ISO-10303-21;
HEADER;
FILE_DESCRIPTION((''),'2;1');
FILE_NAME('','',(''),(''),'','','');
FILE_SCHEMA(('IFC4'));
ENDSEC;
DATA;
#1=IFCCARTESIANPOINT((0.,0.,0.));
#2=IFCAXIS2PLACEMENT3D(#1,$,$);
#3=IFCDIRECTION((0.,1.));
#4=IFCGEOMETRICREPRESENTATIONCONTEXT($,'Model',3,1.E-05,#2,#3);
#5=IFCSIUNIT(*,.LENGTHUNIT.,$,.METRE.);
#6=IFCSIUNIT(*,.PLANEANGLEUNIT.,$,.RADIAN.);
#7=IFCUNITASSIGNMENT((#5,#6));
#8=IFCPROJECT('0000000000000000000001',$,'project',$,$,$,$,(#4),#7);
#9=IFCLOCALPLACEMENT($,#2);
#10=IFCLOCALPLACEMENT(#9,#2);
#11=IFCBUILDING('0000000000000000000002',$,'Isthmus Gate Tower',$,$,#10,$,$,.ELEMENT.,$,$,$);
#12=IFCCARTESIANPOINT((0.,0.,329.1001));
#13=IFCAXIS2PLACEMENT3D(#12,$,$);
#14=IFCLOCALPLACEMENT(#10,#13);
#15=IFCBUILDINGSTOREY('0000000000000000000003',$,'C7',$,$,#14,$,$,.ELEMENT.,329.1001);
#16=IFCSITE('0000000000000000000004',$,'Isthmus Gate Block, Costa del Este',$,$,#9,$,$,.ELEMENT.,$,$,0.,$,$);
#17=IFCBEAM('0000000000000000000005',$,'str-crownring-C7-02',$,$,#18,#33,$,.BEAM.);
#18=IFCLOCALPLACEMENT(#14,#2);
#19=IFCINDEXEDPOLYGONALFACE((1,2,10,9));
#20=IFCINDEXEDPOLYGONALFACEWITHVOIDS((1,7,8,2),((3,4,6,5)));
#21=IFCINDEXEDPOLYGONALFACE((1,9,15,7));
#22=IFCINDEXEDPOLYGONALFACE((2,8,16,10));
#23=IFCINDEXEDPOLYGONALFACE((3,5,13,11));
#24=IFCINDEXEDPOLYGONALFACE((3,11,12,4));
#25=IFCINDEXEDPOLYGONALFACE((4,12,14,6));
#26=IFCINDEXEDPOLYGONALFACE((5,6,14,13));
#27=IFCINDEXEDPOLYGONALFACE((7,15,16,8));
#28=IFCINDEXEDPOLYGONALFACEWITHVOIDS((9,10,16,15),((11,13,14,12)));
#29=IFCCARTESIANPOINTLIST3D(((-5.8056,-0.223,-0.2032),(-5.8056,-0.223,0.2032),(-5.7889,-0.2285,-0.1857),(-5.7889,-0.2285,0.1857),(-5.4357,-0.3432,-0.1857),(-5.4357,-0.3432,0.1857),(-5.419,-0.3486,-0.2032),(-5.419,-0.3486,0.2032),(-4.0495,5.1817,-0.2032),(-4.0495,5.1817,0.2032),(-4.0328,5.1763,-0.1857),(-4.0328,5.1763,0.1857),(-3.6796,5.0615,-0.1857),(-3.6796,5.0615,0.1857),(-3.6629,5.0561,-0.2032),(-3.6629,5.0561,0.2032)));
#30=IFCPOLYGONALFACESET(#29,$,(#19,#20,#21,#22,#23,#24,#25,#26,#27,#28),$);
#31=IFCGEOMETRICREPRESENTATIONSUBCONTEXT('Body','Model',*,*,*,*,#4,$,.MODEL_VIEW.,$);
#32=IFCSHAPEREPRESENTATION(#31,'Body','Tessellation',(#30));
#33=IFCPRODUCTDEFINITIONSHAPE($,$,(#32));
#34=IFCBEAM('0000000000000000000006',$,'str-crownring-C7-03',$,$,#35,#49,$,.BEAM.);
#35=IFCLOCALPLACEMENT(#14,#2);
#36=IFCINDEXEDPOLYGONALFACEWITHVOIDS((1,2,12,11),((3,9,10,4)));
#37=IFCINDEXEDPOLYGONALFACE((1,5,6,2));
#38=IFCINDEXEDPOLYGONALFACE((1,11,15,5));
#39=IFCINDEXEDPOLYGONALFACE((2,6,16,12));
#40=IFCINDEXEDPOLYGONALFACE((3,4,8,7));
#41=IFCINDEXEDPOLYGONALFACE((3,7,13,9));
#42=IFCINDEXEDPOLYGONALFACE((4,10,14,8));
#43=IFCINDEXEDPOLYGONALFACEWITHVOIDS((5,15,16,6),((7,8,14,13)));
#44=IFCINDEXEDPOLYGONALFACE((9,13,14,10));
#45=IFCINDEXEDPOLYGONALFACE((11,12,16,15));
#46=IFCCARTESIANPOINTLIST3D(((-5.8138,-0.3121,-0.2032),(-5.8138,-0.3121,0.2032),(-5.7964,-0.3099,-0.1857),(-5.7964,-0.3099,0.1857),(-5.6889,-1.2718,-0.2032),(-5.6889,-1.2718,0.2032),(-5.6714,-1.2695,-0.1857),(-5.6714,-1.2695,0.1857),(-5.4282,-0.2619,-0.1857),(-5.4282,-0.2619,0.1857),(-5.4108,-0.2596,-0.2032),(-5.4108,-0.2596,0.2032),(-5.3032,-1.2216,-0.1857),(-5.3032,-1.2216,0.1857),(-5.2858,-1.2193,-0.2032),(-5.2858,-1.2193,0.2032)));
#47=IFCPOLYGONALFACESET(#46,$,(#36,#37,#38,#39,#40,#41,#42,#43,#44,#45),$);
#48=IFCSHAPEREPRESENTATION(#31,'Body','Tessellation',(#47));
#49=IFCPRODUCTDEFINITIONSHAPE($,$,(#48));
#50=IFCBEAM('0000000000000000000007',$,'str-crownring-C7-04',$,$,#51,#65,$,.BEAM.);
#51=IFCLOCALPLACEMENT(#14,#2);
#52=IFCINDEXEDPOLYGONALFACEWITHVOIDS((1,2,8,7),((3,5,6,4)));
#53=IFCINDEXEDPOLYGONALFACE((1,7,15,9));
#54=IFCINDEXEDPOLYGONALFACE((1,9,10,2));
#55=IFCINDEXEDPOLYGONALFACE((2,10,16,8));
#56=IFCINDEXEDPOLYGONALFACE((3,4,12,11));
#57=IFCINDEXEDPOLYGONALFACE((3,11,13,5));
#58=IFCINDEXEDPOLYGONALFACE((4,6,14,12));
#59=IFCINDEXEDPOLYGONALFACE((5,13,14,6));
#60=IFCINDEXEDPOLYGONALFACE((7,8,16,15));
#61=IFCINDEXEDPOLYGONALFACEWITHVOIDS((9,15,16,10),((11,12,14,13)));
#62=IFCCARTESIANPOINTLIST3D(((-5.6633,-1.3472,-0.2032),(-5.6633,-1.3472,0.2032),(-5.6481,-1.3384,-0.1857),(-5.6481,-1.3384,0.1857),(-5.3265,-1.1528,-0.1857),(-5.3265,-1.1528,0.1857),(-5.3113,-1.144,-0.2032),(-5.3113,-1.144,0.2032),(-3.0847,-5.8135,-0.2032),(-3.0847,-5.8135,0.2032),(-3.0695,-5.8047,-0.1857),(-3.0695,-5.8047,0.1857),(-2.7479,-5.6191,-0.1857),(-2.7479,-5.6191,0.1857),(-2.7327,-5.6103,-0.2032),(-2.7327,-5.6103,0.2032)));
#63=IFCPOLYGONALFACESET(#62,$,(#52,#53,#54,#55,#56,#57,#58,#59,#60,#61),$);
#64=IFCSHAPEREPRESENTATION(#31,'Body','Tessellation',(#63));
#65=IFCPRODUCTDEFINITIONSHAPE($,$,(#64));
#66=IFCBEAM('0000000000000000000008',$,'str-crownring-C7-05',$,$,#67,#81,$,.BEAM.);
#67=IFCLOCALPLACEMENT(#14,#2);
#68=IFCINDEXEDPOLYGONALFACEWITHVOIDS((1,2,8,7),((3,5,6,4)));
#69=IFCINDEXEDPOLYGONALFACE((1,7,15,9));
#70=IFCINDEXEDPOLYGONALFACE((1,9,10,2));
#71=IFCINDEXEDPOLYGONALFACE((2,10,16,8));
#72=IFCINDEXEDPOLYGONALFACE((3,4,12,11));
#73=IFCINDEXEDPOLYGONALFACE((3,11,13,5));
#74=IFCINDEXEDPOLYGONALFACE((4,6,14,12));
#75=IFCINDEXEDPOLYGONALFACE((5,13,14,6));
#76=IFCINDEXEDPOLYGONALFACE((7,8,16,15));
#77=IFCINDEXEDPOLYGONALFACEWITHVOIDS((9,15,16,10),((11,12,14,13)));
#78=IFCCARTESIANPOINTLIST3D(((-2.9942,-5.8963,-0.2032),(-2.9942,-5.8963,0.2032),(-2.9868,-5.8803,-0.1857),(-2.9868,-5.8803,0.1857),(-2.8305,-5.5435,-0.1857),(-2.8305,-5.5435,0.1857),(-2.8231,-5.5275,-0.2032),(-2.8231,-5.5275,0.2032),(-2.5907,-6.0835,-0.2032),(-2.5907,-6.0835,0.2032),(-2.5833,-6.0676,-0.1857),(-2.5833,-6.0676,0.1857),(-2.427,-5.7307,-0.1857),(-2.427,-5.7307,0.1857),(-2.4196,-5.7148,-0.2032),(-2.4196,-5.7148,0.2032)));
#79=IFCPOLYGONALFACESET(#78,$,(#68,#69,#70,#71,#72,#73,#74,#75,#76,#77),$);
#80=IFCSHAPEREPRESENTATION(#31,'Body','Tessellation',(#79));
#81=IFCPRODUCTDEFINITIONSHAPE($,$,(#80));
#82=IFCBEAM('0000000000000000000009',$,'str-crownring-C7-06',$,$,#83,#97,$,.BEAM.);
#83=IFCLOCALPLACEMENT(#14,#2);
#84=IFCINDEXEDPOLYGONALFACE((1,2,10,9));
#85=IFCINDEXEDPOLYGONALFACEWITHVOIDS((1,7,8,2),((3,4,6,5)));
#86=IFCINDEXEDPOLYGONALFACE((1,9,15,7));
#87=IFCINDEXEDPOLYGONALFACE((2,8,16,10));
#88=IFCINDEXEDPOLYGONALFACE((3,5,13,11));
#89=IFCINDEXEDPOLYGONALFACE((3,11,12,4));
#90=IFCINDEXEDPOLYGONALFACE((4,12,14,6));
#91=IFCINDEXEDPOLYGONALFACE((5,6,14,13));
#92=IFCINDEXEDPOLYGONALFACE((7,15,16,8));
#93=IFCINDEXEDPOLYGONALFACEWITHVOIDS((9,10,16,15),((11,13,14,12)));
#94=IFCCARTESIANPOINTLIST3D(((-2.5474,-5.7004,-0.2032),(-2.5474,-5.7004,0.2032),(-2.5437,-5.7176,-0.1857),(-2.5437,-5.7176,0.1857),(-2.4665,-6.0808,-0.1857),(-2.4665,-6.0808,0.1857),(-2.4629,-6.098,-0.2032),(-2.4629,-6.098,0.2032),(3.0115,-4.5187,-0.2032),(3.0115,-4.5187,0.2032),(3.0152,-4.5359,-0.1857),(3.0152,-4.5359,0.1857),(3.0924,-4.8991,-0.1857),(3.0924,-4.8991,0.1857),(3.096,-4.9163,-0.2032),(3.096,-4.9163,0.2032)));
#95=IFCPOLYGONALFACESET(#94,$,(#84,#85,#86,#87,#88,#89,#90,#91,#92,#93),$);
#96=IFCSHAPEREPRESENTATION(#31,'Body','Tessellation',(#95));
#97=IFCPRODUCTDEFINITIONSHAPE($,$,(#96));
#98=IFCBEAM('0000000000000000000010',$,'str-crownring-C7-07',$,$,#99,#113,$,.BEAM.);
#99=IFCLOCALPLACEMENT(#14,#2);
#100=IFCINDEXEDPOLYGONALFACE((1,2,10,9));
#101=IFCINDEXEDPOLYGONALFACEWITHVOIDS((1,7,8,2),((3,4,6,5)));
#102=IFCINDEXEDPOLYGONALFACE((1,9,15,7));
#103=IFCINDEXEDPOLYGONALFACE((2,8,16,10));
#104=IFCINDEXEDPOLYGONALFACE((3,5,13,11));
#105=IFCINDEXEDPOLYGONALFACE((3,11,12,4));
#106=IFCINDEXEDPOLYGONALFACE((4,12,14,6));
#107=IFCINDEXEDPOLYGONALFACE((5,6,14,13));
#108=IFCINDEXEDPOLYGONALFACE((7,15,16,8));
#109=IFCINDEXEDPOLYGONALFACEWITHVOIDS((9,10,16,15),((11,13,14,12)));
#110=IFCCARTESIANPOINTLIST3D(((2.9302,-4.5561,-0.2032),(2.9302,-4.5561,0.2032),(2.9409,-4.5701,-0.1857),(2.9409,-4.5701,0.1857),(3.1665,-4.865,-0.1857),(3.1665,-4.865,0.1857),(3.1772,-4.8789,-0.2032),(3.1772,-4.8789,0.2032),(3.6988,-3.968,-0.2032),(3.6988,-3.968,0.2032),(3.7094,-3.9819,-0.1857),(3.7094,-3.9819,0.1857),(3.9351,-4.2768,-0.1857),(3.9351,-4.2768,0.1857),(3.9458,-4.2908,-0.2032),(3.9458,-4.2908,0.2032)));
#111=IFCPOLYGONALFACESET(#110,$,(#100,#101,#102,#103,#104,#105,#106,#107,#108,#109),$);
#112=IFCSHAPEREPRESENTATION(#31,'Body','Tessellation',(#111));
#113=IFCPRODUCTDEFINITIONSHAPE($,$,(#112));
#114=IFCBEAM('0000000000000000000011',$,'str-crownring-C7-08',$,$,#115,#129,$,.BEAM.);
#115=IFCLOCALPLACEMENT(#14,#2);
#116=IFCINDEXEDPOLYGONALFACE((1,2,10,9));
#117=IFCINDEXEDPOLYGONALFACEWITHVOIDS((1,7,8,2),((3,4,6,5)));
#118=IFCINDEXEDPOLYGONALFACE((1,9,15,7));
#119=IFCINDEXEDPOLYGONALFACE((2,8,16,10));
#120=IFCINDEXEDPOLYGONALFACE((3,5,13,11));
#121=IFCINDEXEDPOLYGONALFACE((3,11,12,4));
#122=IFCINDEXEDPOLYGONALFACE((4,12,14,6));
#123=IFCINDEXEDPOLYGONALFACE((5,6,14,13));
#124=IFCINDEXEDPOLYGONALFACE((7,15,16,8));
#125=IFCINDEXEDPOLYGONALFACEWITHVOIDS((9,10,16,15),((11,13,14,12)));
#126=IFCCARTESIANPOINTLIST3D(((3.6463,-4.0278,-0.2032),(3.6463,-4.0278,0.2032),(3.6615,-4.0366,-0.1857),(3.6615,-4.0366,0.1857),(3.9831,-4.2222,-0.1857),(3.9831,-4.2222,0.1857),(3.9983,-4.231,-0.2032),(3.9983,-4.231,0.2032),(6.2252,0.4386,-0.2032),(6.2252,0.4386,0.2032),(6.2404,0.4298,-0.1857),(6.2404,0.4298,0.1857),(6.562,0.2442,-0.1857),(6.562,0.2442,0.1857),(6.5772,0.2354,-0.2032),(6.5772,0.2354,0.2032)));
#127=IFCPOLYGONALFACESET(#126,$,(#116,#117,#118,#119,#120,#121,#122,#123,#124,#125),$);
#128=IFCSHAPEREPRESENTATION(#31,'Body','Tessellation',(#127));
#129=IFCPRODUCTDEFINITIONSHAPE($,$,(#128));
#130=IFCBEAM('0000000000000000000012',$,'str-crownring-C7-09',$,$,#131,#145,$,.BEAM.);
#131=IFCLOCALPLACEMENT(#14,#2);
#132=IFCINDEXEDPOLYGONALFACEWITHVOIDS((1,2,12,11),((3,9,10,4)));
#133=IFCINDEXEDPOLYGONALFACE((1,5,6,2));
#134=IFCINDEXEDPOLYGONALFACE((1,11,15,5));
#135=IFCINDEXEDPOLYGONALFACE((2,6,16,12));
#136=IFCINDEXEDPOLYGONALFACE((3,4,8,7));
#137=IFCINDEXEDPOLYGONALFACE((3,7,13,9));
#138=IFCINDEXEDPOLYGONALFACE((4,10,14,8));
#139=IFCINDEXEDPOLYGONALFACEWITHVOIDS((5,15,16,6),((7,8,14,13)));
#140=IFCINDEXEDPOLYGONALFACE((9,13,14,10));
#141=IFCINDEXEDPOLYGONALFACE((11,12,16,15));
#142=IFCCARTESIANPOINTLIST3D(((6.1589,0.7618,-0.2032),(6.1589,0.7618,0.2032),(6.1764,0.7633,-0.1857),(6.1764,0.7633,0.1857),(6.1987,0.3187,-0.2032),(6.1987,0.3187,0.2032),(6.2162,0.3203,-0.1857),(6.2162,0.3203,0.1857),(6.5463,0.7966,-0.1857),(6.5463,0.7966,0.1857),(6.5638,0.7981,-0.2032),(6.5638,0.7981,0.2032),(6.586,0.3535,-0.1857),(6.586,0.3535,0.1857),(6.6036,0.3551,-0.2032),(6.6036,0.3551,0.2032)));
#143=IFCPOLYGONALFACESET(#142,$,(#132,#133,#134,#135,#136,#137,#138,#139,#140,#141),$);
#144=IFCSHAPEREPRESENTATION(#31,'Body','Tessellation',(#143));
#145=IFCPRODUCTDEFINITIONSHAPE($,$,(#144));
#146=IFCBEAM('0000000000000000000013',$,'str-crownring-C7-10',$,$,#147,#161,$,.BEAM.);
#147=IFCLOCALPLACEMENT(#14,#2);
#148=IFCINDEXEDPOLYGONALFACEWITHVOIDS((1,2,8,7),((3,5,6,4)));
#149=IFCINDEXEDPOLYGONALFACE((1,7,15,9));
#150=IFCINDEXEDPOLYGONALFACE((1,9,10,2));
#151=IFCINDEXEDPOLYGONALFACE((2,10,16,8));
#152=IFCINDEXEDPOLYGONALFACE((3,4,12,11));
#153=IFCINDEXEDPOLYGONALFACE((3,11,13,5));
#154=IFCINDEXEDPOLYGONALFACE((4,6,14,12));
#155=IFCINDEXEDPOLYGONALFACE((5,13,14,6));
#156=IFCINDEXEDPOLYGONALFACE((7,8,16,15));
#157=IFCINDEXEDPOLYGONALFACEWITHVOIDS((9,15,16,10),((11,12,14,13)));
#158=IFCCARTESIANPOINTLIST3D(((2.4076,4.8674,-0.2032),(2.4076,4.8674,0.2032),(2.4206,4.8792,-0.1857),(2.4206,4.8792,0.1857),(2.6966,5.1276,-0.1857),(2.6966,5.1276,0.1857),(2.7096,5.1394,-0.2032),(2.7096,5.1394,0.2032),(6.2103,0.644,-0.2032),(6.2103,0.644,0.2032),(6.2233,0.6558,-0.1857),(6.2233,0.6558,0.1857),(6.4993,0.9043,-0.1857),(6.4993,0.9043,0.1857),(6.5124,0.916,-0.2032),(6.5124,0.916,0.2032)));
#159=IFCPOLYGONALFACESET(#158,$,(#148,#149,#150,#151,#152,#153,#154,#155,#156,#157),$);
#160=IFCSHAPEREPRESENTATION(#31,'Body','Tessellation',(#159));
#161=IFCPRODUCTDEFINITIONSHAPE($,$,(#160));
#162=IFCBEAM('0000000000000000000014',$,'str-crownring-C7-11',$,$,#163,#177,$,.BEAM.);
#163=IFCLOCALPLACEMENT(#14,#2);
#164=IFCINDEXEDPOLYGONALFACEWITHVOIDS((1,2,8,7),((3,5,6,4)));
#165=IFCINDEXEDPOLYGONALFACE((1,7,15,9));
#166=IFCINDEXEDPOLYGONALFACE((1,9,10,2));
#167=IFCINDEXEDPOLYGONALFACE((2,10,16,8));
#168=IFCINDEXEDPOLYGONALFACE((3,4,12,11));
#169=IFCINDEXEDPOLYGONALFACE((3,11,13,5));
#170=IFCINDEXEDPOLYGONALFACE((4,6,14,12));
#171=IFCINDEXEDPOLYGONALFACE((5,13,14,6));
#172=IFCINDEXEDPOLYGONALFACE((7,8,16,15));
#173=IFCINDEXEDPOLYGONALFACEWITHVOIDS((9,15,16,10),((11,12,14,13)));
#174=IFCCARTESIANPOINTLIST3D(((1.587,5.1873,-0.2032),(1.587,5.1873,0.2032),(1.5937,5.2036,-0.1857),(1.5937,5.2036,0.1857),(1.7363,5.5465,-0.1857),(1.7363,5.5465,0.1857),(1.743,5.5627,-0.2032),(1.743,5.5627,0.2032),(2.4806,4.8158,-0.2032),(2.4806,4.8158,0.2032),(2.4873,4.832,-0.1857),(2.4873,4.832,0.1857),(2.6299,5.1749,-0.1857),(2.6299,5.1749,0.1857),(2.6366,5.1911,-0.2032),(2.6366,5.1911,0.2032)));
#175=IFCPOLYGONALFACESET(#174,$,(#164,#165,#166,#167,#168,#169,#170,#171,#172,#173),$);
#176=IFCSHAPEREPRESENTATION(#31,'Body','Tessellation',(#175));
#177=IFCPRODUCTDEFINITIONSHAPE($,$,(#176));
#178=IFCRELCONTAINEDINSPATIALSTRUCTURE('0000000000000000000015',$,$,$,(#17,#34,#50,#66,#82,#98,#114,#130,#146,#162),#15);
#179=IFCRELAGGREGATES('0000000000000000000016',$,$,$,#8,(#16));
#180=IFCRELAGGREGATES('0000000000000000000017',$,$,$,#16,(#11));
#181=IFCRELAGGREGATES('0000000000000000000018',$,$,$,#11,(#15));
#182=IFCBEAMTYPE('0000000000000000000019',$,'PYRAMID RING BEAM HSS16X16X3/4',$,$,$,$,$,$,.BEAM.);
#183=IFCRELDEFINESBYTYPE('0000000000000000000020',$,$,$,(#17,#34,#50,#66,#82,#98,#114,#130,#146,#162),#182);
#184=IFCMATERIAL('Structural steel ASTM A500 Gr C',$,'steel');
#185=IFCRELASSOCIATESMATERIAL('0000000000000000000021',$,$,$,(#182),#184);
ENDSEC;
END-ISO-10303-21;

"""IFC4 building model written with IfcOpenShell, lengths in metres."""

from ifc_helpers import new_model, si_unit, direction, frame, origin, origin_2d, place, context, subcontext, project, spatial, hollow_rectangle, extrude, material, material_profile, profile_set, type_object, element, save


model = new_model("IFC4")

# Units and contexts
model_context = context("Model", 3, precision=1e-05, world=origin(), true_north=direction((0.0, 1.0)))
body_context = subcontext(model_context, "Body", "Model", "MODEL_VIEW")
ifc_project = project(units=[si_unit("LENGTHUNIT", "METRE"), si_unit("PLANEANGLEUNIT", "RADIAN")], contexts=[model_context])

# Site, building, storey
site_placement = place(None, origin())
site = spatial("IfcSite", under=ifc_project, at=site_placement, Name="Isthmus Gate Block, Costa del Este", CompositionType="ELEMENT", RefElevation=0.0)
building_placement = place(site_placement, origin())
building = spatial("IfcBuilding", under=site, at=building_placement, Name="Isthmus Gate Tower", CompositionType="ELEMENT")
storey_placement = place(building_placement, frame((0.0, 0.0, 329.1001)))
storey = spatial("IfcBuildingStorey", under=building, at=storey_placement, Name="C7", CompositionType="ELEMENT", Elevation=329.1001)

# Beams
ifc_material_1 = material(Name="Structural steel ASTM A500 Gr C", Category="steel")
ifc_material_profile_1 = material_profile(ifc_material_1, hollow_rectangle(XDim=0.4065, YDim=0.4065, WallThickness=0.0176, at=origin_2d()), Name="HSS16X16X3/4")
ifc_profile_set_1 = profile_set([ifc_material_profile_1], Name="Structural steel ASTM A500 Gr C")
beam_type_1 = type_object("IfcBeamType", Name="PYRAMID RING BEAM HSS16X16X3/4", PredefinedType="BEAM", material=ifc_profile_set_1)
beam_1_placement = place(storey_placement, frame((-3.8562, 5.1189, 0.0), z_axis=(-0.309014, -0.951057, 0.0), x_axis=(0.951057, -0.309014, 0.0)))
element("IfcBeam", 1, at=beam_1_placement, inside=storey, type_object=beam_type_1, Name="str-crownring-C7-02", PredefinedType="BEAM", context=body_context, shape_type="SweptSolid", body=[
    extrude(hollow_rectangle(XDim=0.4065, YDim=0.4065, WallThickness=0.0176, at=origin_2d()), origin(), (0.0, 0.0, 1.0), 5.6829),
])
beam_2_placement = place(storey_placement, frame((-5.6123, -0.2859, 0.0), z_axis=(0.129156, -0.991624, 0.0), x_axis=(0.991624, 0.129156, 0.0)))
element("IfcBeam", 2, at=beam_2_placement, inside=storey, type_object=beam_type_1, Name="str-crownring-C7-03", PredefinedType="BEAM", context=body_context, shape_type="SweptSolid", body=[
    extrude(hollow_rectangle(XDim=0.4065, YDim=0.4065, WallThickness=0.0176, at=origin_2d()), origin(), (0.0, 0.0, 1.0), 0.9678),
])
beam_3_placement = place(storey_placement, frame((-5.4873, -1.2456, 0.0), z_axis=(0.499998, -0.866026, 0.0), x_axis=(0.866026, 0.499998, 0.0)))
element("IfcBeam", 3, at=beam_3_placement, inside=storey, type_object=beam_type_1, Name="str-crownring-C7-04", PredefinedType="BEAM", context=body_context, shape_type="SweptSolid", body=[
    extrude(hollow_rectangle(XDim=0.4065, YDim=0.4065, WallThickness=0.0176, at=origin_2d()), origin(), (0.0, 0.0, 1.0), 5.1572),
])
beam_4_placement = place(storey_placement, frame((-2.9087, -5.7119, 0.0), z_axis=(0.907106, -0.420902, 0.0), x_axis=(0.420902, 0.907106, 0.0)))
element("IfcBeam", 4, at=beam_4_placement, inside=storey, type_object=beam_type_1, Name="str-crownring-C7-05", PredefinedType="BEAM", context=body_context, shape_type="SweptSolid", body=[
    extrude(hollow_rectangle(XDim=0.4065, YDim=0.4065, WallThickness=0.0176, at=origin_2d()), origin(), (0.0, 0.0, 1.0), 0.4448),
])
beam_5_placement = place(storey_placement, frame((-2.5051, -5.8992, 0.0), z_axis=(0.978145, 0.207924, 0.0), x_axis=(-0.207924, 0.978145, 0.0)))
element("IfcBeam", 5, at=beam_5_placement, inside=storey, type_object=beam_type_1, Name="str-crownring-C7-06", PredefinedType="BEAM", context=body_context, shape_type="SweptSolid", body=[
    extrude(hollow_rectangle(XDim=0.4065, YDim=0.4065, WallThickness=0.0176, at=origin_2d()), origin(), (0.0, 0.0, 1.0), 5.6831),
])
beam_6_placement = place(storey_placement, frame((3.0537, -4.7175, 0.0), z_axis=(0.79415, 0.607722, 0.0), x_axis=(-0.607722, 0.79415, 0.0)))
element("IfcBeam", 6, at=beam_6_placement, inside=storey, type_object=beam_type_1, Name="str-crownring-C7-07", PredefinedType="BEAM", context=body_context, shape_type="SweptSolid", body=[
    extrude(hollow_rectangle(XDim=0.4065, YDim=0.4065, WallThickness=0.0176, at=origin_2d()), origin(), (0.0, 0.0, 1.0), 0.9678),
])
beam_7_placement = place(storey_placement, frame((3.8223, -4.1294, 0.0), z_axis=(0.500034, 0.866006, 0.0), x_axis=(-0.866006, 0.500034, 0.0)))
element("IfcBeam", 7, at=beam_7_placement, inside=storey, type_object=beam_type_1, Name="str-crownring-C7-08", PredefinedType="BEAM", context=body_context, shape_type="SweptSolid", body=[
    extrude(hollow_rectangle(XDim=0.4065, YDim=0.4065, WallThickness=0.0176, at=origin_2d()), origin(), (0.0, 0.0, 1.0), 5.1575),
])
beam_8_placement = place(storey_placement, frame((6.4011, 0.3369, 0.0), z_axis=(-0.089447, 0.995992, 0.0), x_axis=(-0.995992, -0.089447, 0.0)))
element("IfcBeam", 8, at=beam_8_placement, inside=storey, type_object=beam_type_1, Name="str-crownring-C7-09", PredefinedType="BEAM", context=body_context, shape_type="SweptSolid", body=[
    extrude(hollow_rectangle(XDim=0.4065, YDim=0.4065, WallThickness=0.0176, at=origin_2d()), origin(), (0.0, 0.0, 1.0), 0.4448),
])
beam_9_placement = place(storey_placement, frame((6.3613, 0.78, 0.0), z_axis=(-0.669128, 0.743147, 0.0), x_axis=(-0.743147, -0.669128, 0.0)))
element("IfcBeam", 9, at=beam_9_placement, inside=storey, type_object=beam_type_1, Name="str-crownring-C7-10", PredefinedType="BEAM", context=body_context, shape_type="SweptSolid", body=[
    extrude(hollow_rectangle(XDim=0.4065, YDim=0.4065, WallThickness=0.0176, at=origin_2d()), origin(), (0.0, 0.0, 1.0), 5.6831),
])
beam_10_placement = place(storey_placement, frame((2.5586, 5.0034, 0.0), z_axis=(-0.923345, 0.38397, 0.0), x_axis=(-0.38397, -0.923345, 0.0)))
element("IfcBeam", 10, at=beam_10_placement, inside=storey, type_object=beam_type_1, Name="str-crownring-C7-11", PredefinedType="BEAM", context=body_context, shape_type="SweptSolid", body=[
    extrude(hollow_rectangle(XDim=0.4065, YDim=0.4065, WallThickness=0.0176, at=origin_2d()), origin(), (0.0, 0.0, 1.0), 0.9678),
])

save(model, "model.ifc")
